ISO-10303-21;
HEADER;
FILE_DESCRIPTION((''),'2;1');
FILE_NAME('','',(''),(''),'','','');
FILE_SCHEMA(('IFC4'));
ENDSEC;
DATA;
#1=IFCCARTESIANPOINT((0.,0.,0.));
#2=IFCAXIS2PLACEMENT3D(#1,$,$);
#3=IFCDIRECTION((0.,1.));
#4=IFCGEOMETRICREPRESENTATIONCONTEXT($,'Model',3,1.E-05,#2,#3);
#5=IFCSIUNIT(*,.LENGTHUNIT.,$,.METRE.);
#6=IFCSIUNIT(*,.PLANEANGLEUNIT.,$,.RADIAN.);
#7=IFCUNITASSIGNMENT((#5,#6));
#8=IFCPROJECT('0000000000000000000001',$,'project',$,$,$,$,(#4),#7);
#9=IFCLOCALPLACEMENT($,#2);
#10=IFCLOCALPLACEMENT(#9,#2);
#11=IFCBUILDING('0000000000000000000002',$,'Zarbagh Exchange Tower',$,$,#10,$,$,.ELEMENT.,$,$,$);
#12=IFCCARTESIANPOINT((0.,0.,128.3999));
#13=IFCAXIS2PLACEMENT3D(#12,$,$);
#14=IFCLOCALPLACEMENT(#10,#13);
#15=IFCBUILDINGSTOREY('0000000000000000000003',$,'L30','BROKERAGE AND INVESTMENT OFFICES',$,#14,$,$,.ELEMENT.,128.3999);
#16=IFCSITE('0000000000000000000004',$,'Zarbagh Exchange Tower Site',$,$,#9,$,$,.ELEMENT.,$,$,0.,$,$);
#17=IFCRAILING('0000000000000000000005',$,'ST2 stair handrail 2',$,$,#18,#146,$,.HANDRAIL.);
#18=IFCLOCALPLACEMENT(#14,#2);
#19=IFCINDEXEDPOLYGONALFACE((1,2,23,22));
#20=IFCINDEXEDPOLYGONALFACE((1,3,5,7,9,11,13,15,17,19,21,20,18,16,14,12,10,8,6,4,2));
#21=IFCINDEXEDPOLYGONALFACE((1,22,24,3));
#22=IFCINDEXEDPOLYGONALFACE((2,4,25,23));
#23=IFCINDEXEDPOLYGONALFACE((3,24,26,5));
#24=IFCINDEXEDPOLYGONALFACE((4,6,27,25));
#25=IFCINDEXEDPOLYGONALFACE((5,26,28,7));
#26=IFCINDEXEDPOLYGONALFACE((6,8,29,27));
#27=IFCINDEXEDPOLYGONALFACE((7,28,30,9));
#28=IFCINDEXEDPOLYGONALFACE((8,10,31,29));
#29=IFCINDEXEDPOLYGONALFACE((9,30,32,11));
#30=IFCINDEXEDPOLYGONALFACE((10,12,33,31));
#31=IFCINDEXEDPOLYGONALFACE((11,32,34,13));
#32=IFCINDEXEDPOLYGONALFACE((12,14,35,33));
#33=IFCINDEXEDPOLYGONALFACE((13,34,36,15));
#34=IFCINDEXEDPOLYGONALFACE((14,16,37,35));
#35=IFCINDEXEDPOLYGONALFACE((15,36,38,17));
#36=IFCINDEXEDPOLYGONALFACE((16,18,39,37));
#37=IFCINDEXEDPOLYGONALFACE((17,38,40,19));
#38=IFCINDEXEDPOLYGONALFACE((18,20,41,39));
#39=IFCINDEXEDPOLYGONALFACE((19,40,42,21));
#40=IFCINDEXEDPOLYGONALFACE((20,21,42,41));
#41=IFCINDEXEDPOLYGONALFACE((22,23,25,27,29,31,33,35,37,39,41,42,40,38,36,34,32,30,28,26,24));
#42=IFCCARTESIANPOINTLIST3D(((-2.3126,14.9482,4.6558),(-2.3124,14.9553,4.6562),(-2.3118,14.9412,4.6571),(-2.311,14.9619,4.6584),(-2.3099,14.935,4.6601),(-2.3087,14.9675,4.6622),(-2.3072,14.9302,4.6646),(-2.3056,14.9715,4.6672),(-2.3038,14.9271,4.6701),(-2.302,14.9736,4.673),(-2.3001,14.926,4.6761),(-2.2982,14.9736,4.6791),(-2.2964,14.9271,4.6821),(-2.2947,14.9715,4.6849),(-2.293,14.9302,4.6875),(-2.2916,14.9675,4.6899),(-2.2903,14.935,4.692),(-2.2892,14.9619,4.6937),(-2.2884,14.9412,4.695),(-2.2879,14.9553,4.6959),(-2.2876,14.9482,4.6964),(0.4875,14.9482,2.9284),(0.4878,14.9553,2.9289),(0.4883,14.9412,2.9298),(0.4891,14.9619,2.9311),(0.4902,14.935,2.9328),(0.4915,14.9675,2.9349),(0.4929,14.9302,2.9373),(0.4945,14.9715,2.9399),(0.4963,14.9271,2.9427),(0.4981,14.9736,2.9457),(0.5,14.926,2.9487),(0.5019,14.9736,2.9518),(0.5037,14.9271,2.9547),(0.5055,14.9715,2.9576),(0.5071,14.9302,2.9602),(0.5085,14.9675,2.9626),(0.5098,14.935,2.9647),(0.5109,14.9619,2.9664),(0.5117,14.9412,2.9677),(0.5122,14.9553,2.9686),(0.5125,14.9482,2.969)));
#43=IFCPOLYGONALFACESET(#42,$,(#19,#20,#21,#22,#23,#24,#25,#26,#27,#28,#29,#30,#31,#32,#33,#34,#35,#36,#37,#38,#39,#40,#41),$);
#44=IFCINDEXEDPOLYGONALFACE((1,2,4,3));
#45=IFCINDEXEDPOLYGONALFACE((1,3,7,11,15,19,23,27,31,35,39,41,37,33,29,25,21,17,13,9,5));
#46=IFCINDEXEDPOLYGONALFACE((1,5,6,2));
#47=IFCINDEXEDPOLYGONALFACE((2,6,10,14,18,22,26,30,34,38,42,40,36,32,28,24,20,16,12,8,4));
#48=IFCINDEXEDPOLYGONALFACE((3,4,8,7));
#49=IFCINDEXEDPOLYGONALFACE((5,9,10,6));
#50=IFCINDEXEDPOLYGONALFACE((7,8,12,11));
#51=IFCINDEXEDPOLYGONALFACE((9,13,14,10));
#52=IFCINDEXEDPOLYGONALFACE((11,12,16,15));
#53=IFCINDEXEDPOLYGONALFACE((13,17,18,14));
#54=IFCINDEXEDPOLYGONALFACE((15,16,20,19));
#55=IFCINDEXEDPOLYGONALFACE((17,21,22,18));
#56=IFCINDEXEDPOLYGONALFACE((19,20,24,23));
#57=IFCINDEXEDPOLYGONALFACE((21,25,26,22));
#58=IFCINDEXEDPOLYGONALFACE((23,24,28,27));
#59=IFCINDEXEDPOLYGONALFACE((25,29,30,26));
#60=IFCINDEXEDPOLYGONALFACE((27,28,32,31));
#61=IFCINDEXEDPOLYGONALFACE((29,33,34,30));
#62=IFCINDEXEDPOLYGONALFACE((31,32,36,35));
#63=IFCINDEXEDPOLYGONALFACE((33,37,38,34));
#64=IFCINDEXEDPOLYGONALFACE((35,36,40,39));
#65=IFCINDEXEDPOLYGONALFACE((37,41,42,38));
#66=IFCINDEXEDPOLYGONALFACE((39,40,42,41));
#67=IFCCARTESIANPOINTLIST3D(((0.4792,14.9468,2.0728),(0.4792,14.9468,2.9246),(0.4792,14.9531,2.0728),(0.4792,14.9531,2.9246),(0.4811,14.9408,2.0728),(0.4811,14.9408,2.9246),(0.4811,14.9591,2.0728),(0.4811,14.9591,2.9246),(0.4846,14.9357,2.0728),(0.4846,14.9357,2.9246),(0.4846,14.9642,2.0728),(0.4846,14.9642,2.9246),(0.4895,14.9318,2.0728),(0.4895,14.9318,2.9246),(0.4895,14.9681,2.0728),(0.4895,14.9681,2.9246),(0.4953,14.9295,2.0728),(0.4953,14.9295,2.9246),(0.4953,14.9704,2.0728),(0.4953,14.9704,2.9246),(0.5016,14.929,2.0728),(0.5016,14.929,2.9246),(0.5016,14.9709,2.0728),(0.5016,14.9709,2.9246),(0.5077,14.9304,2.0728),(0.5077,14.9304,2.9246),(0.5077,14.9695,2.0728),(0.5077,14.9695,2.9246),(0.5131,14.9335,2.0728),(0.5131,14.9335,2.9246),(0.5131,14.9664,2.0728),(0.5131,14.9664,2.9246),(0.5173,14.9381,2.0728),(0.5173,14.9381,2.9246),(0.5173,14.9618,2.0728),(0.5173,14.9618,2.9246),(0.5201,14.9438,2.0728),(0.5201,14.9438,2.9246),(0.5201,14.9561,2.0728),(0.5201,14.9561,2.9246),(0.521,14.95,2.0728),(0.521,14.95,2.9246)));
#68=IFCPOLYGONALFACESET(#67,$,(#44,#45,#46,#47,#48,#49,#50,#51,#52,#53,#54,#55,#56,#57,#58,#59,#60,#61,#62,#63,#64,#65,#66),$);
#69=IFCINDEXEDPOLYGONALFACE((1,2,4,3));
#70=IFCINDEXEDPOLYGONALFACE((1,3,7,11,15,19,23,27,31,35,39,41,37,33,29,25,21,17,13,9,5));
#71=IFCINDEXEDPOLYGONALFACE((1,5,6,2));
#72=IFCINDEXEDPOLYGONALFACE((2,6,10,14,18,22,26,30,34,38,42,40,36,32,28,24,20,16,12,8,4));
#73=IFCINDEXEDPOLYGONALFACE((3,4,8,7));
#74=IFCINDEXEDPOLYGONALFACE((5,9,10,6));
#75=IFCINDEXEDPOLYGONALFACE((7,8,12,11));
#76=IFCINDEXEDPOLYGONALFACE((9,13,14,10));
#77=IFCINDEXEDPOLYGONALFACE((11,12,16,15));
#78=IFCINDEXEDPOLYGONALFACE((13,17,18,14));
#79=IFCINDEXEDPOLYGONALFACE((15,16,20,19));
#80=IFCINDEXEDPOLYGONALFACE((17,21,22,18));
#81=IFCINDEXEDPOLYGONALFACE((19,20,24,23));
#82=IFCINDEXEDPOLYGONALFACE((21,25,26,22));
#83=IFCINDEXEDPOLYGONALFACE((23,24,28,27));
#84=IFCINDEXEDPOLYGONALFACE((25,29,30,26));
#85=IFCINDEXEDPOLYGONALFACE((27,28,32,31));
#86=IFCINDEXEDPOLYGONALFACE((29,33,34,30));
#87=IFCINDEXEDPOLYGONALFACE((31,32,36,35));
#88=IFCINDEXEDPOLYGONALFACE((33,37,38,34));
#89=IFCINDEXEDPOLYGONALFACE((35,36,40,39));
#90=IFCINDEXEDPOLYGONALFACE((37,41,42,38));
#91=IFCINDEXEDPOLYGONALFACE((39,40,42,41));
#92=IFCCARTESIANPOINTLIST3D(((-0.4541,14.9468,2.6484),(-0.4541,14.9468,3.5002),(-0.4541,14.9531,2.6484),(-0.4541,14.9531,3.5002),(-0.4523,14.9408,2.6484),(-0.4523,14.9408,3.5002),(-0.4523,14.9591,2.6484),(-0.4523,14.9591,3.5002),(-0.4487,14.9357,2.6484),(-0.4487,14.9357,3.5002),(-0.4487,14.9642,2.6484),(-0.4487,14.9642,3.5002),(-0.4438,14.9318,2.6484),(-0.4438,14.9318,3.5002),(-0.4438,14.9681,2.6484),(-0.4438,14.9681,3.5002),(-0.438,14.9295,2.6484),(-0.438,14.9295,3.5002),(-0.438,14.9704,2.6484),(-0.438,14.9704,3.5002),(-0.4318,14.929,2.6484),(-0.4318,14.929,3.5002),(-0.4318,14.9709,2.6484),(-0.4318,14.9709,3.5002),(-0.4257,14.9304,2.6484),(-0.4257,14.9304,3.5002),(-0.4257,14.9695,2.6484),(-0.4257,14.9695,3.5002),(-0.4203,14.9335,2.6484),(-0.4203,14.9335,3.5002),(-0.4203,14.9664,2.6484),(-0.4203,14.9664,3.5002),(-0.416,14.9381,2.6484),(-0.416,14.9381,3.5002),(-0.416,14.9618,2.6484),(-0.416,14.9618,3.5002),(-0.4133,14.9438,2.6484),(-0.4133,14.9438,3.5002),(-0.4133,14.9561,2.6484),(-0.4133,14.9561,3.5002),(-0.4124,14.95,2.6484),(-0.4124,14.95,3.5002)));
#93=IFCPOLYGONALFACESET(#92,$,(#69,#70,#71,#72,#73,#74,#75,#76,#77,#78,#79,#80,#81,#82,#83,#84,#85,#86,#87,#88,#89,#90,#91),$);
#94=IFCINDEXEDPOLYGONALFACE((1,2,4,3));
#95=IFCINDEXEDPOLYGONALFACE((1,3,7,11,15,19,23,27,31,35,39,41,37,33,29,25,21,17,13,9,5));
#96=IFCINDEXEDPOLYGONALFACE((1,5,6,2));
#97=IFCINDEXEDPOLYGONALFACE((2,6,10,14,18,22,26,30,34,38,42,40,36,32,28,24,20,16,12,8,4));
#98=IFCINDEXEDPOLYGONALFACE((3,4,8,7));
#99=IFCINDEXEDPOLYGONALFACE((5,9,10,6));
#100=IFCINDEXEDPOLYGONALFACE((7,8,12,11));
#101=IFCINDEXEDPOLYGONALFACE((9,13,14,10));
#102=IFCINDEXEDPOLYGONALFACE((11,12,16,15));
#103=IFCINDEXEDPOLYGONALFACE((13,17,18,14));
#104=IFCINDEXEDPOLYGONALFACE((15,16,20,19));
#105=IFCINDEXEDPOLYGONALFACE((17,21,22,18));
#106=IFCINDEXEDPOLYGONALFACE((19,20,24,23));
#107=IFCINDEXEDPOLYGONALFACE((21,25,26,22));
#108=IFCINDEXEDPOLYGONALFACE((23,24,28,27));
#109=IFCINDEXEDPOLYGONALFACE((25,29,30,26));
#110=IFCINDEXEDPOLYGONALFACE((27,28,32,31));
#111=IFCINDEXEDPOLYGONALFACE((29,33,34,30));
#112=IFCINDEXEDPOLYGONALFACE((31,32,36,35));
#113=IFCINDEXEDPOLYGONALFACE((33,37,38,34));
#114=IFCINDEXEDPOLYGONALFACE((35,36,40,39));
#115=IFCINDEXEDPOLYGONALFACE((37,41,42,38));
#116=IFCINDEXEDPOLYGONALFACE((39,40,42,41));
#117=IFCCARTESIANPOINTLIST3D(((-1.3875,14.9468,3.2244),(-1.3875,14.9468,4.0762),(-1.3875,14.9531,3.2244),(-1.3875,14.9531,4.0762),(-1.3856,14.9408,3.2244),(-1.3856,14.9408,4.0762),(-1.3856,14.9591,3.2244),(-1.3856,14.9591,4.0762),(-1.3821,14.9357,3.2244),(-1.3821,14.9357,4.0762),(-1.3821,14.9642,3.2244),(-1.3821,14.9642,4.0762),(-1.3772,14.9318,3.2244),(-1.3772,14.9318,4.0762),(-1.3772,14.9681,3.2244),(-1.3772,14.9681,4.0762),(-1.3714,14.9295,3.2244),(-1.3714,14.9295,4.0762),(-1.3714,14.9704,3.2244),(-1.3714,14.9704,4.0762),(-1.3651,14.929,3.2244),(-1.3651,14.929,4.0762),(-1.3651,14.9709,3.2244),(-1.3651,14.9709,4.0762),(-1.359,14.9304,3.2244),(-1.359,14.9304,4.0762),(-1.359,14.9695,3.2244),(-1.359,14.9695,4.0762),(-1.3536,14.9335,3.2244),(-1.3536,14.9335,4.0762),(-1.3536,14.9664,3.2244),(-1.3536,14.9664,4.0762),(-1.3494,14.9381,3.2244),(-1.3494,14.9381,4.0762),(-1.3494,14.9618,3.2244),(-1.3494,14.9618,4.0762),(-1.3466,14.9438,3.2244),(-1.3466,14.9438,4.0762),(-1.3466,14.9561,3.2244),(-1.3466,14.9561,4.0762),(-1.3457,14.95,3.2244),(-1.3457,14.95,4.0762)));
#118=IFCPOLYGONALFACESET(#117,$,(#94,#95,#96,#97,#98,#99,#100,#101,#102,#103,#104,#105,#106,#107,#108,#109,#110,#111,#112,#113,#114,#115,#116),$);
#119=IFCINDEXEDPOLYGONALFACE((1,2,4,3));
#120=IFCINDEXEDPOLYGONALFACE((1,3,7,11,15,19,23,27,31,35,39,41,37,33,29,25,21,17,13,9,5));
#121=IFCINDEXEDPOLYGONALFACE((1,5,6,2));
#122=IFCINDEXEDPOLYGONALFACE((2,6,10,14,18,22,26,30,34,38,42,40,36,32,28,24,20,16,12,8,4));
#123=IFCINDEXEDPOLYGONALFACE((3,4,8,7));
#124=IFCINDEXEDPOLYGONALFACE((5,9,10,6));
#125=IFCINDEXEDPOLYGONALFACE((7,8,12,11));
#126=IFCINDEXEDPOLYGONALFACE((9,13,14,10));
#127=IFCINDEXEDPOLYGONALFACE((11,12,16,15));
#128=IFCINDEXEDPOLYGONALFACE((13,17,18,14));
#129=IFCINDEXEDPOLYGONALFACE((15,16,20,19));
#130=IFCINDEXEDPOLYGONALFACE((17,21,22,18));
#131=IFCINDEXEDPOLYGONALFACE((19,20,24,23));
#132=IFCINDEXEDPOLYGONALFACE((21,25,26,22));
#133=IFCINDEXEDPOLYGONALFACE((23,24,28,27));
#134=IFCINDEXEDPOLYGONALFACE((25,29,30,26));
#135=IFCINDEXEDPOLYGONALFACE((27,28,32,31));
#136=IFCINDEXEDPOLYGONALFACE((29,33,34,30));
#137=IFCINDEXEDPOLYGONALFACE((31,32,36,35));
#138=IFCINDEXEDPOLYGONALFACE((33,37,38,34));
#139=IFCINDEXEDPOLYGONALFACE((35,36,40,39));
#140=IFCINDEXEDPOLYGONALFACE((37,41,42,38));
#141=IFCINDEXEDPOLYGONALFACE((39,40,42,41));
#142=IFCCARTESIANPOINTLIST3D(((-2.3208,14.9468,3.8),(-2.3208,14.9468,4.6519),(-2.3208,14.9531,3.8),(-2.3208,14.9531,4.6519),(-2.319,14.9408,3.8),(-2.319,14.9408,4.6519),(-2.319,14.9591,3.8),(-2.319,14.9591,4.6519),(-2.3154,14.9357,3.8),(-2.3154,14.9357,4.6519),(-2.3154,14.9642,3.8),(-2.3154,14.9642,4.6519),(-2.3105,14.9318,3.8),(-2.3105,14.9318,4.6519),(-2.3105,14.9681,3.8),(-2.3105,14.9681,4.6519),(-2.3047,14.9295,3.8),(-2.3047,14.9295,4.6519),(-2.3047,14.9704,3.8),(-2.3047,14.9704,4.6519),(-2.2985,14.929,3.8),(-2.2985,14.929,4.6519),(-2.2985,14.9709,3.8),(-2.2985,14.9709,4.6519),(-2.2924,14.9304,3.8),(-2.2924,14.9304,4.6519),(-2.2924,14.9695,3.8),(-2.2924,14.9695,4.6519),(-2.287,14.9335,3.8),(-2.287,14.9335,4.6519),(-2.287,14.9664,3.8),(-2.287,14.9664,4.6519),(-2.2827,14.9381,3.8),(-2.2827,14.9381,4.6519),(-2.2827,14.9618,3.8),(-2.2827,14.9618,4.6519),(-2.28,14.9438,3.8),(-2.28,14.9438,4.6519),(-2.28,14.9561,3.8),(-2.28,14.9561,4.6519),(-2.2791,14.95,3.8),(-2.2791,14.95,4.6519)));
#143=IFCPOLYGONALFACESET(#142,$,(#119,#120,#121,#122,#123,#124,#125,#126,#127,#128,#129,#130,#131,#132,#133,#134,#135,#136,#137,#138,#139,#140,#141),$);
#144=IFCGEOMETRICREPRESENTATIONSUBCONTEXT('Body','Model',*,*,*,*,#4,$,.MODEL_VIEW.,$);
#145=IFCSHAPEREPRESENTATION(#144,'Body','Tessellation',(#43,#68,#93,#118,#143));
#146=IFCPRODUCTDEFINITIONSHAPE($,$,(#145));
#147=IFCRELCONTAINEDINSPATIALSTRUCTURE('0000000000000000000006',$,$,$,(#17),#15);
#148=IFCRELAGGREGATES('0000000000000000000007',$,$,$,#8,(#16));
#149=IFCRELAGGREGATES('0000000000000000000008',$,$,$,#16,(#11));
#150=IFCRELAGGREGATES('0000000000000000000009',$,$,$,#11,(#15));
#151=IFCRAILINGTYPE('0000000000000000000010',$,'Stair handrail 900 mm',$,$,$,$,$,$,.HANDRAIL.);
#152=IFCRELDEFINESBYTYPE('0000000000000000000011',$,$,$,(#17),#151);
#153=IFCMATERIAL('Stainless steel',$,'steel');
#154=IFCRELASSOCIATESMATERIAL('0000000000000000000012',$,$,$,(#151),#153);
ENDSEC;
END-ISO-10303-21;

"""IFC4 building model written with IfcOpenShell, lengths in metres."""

from ifc_helpers import new_model, si_unit, direction, frame, origin, origin_2d, place, context, subcontext, project, spatial, circle, extrude, material, type_object, element, save


model = new_model("IFC4")

# Units and contexts
model_context = context("Model", 3, precision=1e-05, world=origin(), true_north=direction((0.0, 1.0)))
body_context = subcontext(model_context, "Body", "Model", "MODEL_VIEW")
ifc_project = project(units=[si_unit("LENGTHUNIT", "METRE"), si_unit("PLANEANGLEUNIT", "RADIAN")], contexts=[model_context])

# Site, building, storey
site_placement = place(None, origin())
site = spatial("IfcSite", under=ifc_project, at=site_placement, Name="Zarbagh Exchange Tower Site", CompositionType="ELEMENT", RefElevation=0.0)
building_placement = place(site_placement, origin())
building = spatial("IfcBuilding", under=site, at=building_placement, Name="Zarbagh Exchange Tower", CompositionType="ELEMENT")
storey_placement = place(building_placement, frame((0.0, 0.0, 128.3999)))
storey = spatial("IfcBuildingStorey", under=building, at=storey_placement, Name="L30", Description="BROKERAGE AND INVESTMENT OFFICES", CompositionType="ELEMENT", Elevation=128.3999)

# Shared definitions
ifc_material_1 = material(Name="Stainless steel", Category="steel")

# Railing
railing_type = type_object("IfcRailingType", Name="Stair handrail 900 mm", PredefinedType="HANDRAIL", material=ifc_material_1)
for number, where, name in (
    (1, (0.5, 14.95, 2.0728), "ST2 stair handrail 2"),
):
    element("IfcRailing", number, at=place(storey_placement, frame(where)), inside=storey, type_object=railing_type, Name=name, PredefinedType="HANDRAIL", context=body_context, shape_type="SweptSolid", body=[
        extrude(circle(Radius=0.0239, at=origin_2d()), frame((0.0, 0.0, 0.876), z_axis=(-0.85109, 0.0, 0.52502), x_axis=(0.0, -1.0, 0.0)), (0.0, 0.0, 1.0), 3.29),
        extrude(circle(Radius=0.021, at=origin_2d()), origin(), (0.0, 0.0, 1.0), 0.8518),
        extrude(circle(Radius=0.021, at=origin_2d()), frame((-0.9333, 0.0, 0.5757)), (0.0, 0.0, 1.0), 0.8518),
        extrude(circle(Radius=0.021, at=origin_2d()), frame((-1.8667, 0.0, 1.1516)), (0.0, 0.0, 1.0), 0.8518),
        extrude(circle(Radius=0.021, at=origin_2d()), frame((-2.8, 0.0, 1.7273)), (0.0, 0.0, 1.0), 0.8518),
    ])

save(model, "model.ifc")
